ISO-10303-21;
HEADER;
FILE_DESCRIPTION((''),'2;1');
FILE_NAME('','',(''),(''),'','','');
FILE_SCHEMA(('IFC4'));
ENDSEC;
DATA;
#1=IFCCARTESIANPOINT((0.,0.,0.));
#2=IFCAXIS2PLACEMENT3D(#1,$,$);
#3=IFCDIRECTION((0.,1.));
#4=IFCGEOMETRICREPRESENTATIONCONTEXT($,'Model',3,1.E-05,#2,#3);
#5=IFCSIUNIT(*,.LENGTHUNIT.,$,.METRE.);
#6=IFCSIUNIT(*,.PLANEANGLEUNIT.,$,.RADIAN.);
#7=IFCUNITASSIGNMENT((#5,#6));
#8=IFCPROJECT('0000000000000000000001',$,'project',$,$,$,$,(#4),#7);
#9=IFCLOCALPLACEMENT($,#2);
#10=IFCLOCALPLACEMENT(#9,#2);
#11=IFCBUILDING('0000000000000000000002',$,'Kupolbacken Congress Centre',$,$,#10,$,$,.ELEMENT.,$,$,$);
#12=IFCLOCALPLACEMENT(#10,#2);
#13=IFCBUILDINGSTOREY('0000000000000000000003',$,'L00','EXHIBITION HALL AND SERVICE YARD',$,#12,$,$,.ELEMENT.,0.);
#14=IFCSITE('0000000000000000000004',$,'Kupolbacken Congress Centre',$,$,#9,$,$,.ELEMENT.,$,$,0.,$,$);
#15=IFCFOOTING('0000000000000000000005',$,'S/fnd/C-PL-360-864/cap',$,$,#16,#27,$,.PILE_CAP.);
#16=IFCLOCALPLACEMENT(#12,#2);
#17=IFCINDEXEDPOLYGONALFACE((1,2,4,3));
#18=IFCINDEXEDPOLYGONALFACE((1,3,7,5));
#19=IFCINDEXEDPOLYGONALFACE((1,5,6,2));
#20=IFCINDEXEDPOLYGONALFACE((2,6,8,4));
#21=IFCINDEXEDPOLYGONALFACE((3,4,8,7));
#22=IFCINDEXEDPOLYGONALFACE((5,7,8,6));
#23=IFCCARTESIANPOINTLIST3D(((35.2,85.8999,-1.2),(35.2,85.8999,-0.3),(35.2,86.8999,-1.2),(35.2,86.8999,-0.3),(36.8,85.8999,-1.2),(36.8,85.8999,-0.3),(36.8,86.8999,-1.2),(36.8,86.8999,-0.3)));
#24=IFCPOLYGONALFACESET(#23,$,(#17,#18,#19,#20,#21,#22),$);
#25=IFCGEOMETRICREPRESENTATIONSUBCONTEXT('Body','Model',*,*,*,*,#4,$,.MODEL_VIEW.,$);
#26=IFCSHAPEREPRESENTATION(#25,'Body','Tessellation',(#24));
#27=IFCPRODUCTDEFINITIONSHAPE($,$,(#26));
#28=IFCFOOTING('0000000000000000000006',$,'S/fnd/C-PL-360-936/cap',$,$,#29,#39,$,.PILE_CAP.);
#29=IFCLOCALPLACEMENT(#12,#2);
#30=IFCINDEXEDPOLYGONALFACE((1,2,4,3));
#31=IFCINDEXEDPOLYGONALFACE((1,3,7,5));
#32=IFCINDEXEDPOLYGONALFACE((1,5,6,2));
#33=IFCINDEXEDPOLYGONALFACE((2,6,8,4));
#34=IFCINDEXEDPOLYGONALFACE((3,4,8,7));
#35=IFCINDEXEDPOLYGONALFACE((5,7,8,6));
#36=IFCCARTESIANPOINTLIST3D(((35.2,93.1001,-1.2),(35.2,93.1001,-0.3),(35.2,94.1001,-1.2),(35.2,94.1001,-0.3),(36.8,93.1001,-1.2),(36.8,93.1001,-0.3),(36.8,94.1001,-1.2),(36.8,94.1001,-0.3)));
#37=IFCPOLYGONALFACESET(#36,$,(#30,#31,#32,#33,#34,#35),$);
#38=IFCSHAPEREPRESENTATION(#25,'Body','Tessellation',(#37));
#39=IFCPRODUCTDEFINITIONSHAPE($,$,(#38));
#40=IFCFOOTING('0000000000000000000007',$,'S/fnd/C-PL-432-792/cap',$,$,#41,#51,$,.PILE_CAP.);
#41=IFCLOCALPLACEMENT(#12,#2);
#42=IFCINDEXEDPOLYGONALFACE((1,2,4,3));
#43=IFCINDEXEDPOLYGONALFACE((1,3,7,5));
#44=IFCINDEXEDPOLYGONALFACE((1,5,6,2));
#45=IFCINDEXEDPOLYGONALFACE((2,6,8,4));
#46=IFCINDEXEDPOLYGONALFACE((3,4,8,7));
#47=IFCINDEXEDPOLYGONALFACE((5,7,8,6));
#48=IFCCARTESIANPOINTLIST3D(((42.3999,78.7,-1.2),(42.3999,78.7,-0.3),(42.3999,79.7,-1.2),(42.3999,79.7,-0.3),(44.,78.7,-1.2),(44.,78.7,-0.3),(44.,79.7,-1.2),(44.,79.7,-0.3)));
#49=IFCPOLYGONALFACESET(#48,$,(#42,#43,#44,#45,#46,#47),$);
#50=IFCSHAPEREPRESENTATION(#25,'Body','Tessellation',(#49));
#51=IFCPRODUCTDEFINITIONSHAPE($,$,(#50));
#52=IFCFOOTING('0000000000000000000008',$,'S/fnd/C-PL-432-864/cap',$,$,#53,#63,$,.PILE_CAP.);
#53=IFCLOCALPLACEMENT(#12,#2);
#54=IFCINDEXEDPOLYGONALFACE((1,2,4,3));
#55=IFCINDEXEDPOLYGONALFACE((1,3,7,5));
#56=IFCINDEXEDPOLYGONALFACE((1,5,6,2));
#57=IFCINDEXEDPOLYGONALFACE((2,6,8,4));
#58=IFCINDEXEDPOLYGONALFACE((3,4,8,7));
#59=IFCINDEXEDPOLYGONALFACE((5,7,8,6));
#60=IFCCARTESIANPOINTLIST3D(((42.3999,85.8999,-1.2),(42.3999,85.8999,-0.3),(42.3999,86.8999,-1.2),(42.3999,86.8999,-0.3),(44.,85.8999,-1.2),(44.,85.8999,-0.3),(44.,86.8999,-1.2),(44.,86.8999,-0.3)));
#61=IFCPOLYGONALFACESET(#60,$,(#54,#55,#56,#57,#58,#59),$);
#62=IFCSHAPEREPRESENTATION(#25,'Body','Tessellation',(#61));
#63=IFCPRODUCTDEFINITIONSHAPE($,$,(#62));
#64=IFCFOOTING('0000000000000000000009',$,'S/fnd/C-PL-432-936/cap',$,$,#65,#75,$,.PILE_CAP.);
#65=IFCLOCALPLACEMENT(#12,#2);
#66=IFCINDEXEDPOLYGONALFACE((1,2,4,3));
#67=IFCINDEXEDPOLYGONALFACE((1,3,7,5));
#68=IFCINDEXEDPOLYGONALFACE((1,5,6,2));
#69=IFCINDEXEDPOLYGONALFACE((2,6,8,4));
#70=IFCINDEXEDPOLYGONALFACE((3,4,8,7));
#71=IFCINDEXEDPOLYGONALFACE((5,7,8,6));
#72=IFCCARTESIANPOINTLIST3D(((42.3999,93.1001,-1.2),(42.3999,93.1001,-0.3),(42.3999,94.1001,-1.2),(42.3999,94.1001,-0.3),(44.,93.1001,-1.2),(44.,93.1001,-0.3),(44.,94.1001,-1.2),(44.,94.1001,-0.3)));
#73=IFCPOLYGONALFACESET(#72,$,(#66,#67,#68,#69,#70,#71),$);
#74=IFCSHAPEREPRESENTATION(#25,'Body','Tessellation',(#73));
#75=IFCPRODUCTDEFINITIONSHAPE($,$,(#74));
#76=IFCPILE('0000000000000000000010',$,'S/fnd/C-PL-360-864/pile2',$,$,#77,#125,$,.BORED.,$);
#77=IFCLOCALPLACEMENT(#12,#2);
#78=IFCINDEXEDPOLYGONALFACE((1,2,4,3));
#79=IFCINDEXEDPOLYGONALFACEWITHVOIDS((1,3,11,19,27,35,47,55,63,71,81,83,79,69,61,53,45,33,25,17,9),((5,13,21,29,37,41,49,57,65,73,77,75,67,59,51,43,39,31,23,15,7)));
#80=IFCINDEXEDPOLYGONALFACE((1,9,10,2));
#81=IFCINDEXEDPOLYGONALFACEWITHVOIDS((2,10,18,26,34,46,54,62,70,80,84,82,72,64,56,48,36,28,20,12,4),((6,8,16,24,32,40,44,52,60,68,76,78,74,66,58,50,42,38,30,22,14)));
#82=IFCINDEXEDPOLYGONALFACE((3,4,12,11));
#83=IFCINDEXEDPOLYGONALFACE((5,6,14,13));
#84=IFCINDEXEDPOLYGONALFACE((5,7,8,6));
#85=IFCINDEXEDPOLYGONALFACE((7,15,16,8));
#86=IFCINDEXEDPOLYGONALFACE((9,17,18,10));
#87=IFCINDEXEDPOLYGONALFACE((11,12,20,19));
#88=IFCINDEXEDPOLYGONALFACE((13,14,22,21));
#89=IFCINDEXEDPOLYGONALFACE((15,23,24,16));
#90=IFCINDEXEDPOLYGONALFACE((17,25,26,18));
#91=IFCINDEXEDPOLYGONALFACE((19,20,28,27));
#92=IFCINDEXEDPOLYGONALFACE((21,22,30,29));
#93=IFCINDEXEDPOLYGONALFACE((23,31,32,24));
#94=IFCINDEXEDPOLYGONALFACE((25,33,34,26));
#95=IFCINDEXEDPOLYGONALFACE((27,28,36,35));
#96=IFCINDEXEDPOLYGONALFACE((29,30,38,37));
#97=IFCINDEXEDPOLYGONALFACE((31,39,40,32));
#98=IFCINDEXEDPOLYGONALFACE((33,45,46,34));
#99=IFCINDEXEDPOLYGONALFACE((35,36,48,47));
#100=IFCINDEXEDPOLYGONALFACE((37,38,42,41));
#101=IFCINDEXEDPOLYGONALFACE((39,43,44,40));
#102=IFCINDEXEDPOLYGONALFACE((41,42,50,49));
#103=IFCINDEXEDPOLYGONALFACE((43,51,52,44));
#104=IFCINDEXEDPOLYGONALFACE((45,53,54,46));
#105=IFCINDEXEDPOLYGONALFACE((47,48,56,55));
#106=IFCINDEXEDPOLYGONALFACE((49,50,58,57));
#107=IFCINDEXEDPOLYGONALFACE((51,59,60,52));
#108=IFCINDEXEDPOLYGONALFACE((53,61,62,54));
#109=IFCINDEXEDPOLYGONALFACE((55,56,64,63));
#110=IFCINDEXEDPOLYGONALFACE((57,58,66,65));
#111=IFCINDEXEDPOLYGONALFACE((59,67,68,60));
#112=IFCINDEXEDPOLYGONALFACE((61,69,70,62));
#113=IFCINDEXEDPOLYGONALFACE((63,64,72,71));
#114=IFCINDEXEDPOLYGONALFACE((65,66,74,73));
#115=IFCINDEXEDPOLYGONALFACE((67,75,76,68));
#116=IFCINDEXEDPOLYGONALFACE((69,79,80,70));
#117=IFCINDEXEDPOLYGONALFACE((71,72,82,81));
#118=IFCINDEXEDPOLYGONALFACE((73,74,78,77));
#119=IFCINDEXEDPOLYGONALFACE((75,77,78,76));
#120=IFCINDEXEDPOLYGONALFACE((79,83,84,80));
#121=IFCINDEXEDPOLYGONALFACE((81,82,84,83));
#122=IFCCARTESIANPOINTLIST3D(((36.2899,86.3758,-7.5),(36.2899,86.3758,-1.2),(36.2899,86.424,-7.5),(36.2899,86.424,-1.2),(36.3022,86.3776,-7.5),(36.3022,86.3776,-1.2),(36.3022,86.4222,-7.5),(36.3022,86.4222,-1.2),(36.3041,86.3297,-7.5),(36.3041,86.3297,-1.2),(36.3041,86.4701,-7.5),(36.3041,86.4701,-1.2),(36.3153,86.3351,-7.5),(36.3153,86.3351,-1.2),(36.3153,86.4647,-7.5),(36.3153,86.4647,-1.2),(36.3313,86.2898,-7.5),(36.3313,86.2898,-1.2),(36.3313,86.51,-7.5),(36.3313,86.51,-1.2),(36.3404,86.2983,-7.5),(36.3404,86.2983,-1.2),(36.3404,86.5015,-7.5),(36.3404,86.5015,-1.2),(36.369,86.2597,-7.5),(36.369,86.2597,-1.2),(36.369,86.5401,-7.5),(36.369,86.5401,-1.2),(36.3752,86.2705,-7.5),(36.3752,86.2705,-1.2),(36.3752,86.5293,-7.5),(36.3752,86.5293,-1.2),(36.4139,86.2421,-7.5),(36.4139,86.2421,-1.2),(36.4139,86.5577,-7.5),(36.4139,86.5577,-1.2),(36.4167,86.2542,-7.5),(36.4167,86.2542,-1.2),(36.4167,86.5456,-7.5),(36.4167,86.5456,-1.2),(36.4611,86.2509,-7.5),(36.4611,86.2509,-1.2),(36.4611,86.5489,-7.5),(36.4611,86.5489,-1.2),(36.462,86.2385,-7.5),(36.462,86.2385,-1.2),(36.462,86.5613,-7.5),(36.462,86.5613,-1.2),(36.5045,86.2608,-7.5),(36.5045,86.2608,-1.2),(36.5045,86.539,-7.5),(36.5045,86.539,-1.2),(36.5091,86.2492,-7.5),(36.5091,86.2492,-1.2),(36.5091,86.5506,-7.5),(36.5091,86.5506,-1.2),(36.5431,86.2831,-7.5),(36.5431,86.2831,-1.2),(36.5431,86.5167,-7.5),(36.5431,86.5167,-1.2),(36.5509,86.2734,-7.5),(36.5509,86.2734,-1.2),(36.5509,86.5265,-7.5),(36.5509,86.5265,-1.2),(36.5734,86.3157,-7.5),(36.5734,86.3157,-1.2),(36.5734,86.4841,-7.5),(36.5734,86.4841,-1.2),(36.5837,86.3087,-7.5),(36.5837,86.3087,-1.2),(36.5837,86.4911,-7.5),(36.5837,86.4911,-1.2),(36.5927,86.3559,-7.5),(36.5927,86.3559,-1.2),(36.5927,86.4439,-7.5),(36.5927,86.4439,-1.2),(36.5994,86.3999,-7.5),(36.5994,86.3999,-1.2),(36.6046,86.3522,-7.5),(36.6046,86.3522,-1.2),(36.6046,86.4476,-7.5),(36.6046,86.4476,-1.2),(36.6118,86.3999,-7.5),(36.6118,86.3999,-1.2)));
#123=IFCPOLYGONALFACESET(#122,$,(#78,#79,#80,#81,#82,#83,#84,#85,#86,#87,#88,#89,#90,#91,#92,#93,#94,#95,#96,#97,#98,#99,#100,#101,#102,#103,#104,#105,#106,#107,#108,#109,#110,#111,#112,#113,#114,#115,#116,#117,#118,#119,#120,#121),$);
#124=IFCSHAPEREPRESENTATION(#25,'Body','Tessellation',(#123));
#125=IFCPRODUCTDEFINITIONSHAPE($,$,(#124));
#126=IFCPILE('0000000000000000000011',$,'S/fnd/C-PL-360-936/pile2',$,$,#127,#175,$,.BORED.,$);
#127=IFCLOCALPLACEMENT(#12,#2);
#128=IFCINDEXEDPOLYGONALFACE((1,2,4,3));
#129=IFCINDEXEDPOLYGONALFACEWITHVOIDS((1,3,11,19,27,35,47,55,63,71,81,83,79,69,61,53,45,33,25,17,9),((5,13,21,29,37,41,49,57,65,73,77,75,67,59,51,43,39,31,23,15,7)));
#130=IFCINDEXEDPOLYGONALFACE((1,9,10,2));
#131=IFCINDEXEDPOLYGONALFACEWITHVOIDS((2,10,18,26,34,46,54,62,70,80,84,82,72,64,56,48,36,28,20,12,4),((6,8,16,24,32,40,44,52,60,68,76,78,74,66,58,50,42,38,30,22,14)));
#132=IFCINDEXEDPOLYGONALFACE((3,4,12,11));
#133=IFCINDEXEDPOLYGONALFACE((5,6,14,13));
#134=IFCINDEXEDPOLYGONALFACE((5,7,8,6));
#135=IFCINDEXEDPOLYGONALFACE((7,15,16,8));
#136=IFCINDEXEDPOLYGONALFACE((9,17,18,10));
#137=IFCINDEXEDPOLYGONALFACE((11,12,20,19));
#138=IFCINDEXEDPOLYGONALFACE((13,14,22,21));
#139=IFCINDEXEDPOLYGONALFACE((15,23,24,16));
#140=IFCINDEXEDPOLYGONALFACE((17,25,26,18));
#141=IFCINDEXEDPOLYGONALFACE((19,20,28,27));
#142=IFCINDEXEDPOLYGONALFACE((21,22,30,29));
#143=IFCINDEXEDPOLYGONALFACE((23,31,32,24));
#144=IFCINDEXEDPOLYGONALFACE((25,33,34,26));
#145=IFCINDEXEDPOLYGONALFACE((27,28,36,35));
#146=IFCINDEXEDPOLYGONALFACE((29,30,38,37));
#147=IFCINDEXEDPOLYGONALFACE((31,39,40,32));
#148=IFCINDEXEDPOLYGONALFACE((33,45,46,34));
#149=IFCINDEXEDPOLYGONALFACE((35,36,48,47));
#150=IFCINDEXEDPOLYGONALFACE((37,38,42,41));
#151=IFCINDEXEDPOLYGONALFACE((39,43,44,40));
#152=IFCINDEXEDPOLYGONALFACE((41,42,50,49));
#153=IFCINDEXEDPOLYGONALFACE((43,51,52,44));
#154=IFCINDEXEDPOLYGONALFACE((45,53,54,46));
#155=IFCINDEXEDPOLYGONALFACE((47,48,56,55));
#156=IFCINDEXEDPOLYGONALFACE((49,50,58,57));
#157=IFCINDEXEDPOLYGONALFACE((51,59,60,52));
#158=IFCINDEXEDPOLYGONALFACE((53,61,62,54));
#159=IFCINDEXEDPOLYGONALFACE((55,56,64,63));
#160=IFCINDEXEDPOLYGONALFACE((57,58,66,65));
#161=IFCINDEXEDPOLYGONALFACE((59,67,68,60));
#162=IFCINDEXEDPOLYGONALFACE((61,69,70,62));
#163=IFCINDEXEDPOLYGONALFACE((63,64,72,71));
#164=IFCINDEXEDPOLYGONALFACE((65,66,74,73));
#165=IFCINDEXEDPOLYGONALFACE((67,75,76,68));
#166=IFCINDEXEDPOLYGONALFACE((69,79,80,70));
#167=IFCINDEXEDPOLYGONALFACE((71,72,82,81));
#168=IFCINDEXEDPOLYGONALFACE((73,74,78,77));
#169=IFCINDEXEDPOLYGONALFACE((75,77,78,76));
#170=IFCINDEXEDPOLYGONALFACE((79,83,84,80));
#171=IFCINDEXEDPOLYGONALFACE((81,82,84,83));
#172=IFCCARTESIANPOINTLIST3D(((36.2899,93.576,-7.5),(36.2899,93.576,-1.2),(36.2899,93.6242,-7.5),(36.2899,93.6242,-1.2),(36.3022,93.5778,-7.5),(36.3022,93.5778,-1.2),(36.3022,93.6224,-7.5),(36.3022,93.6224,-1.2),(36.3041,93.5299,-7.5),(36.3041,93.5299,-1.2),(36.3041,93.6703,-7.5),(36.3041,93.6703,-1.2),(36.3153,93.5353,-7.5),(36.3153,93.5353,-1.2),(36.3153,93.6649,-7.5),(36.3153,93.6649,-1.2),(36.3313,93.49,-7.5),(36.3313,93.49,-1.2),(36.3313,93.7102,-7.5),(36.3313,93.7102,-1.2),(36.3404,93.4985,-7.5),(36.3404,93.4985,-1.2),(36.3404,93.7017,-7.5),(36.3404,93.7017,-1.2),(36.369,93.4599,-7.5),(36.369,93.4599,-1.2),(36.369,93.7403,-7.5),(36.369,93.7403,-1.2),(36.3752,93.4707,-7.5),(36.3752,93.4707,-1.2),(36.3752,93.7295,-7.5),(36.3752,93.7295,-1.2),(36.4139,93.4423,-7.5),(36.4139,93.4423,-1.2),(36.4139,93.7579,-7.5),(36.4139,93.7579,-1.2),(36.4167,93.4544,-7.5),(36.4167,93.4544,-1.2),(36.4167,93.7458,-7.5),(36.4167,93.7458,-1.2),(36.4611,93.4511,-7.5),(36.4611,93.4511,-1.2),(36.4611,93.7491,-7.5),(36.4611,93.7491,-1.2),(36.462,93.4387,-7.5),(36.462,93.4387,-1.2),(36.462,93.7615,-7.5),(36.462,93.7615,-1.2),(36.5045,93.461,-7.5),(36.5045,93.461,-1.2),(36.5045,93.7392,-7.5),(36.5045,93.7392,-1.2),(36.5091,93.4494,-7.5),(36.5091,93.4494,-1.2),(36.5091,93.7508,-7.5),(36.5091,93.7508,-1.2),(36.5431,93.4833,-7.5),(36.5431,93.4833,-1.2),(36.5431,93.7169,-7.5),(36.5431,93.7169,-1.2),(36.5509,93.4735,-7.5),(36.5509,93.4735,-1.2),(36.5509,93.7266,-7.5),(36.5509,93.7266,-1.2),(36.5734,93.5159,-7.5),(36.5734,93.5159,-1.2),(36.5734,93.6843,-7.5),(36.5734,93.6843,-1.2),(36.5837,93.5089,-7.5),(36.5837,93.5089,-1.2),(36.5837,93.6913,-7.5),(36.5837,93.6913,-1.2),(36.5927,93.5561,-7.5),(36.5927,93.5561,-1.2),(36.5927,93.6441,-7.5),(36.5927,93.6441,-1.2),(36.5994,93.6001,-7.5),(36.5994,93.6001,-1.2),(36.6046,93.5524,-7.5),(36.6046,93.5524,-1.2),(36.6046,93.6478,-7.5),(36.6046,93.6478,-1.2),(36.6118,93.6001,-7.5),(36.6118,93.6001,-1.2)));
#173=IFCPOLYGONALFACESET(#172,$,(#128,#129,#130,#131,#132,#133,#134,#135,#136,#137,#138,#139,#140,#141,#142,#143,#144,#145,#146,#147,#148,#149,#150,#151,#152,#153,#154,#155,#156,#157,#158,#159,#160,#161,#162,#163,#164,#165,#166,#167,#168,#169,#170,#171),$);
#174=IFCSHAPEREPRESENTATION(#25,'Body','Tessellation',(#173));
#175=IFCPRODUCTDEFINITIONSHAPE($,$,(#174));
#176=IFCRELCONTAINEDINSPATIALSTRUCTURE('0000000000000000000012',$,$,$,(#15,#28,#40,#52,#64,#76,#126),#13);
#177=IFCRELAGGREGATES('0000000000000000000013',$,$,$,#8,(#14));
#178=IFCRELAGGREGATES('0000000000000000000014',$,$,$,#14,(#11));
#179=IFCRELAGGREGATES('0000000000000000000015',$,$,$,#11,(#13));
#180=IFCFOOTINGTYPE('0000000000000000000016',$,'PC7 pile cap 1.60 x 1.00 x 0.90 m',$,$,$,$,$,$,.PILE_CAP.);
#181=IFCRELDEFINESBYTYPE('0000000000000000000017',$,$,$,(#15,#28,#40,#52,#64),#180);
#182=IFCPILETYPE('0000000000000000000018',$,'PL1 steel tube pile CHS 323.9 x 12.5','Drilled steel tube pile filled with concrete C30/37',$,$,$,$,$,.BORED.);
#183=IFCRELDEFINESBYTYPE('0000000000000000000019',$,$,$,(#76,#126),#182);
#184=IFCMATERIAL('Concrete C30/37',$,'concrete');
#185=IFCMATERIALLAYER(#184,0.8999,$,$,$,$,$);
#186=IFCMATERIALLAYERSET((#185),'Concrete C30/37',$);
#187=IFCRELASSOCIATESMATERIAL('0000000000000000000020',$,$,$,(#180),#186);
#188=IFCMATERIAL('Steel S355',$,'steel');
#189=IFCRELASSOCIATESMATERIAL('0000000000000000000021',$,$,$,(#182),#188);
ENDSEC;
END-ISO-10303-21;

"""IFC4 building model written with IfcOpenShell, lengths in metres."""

from ifc_helpers import new_model, si_unit, direction, frame, origin, origin_2d, place, context, subcontext, project, spatial, rectangle, hollow_circle, extrude, material, layer, layer_set, material_profile, profile_set, type_object, element, save


model = new_model("IFC4")

# Units and contexts
model_context = context("Model", 3, precision=1e-05, world=origin(), true_north=direction((0.0, 1.0)))
body_context = subcontext(model_context, "Body", "Model", "MODEL_VIEW")
ifc_project = project(units=[si_unit("LENGTHUNIT", "METRE"), si_unit("PLANEANGLEUNIT", "RADIAN")], contexts=[model_context])

# Site, building, storey
site_placement = place(None, origin())
site = spatial("IfcSite", under=ifc_project, at=site_placement, Name="Kupolbacken Congress Centre", CompositionType="ELEMENT", RefElevation=0.0)
building_placement = place(site_placement, origin())
building = spatial("IfcBuilding", under=site, at=building_placement, Name="Kupolbacken Congress Centre", CompositionType="ELEMENT")
storey_placement = place(building_placement, origin())
storey = spatial("IfcBuildingStorey", under=building, at=storey_placement, Name="L00", Description="EXHIBITION HALL AND SERVICE YARD", CompositionType="ELEMENT", Elevation=0.0)

# Footings
ifc_material_1 = material(Name="Concrete C30/37", Category="concrete")
ifc_layer = layer(ifc_material_1, 0.8999)
ifc_layer_set = layer_set([ifc_layer], Name="Concrete C30/37")
footing_type = type_object("IfcFootingType", Name="PC7 pile cap 1.60 x 1.00 x 0.90 m", PredefinedType="PILE_CAP", material=ifc_layer_set)
for number, where, z_axis, x_axis, name in (
    (1, (36.0, 86.3999, -1.2), (0.0, 0.0, 1.0), (1.0, 0.0, 0.0), "S/fnd/C-PL-360-864/cap"),
    (2, (36.0, 93.6001, -1.2), (0.0, 0.0, 1.0), (1.0, 0.0, 0.0), "S/fnd/C-PL-360-936/cap"),
    (3, (43.2, 79.2, -1.2), (0.0, 0.0, 1.0), (1.0, 0.0, 0.0), "S/fnd/C-PL-432-792/cap"),
    (4, (43.2, 86.3999, -1.2), (0.0, 0.0, 1.0), (1.0, 0.0, 0.0), "S/fnd/C-PL-432-864/cap"),
    (5, (43.2, 93.6001, -1.2), (0.0, 0.0, 1.0), (1.0, 0.0, 0.0), "S/fnd/C-PL-432-936/cap"),
):
    element("IfcFooting", number, at=place(storey_placement, frame(where, z_axis=z_axis, x_axis=x_axis)), inside=storey, type_object=footing_type, Name=name, PredefinedType="PILE_CAP", context=body_context, shape_type="SweptSolid", body=[
        extrude(rectangle(XDim=1.6001, YDim=1.0, at=origin_2d()), origin(), (0.0, 0.0, 1.0), 0.8999),
    ])

# Piles
ifc_material_2 = material(Name="Steel S355", Category="steel")
ifc_material_profile_1 = material_profile(ifc_material_2, hollow_circle(Radius=0.1619, WallThickness=0.0125, at=origin_2d()), Name="CHS 323.9 x 12.5")
ifc_profile_set_1 = profile_set([ifc_material_profile_1], Name="Steel S355")
pile_type = type_object("IfcPileType", Name="PL1 steel tube pile CHS 323.9 x 12.5", Description="Drilled steel tube pile filled with concrete C30/37", PredefinedType="BORED", material=ifc_profile_set_1)
for number, where, z_axis, x_axis, name in (
    (6, (36.45, 86.3999, -1.2), (0.0, 0.0, -1.0), (1.0, 0.0, 0.0), "S/fnd/C-PL-360-864/pile2"),
    (7, (36.45, 93.6001, -1.2), (0.0, 0.0, -1.0), (1.0, 0.0, 0.0), "S/fnd/C-PL-360-936/pile2"),
):
    element("IfcPile", number, at=place(storey_placement, frame(where, z_axis=z_axis, x_axis=x_axis)), inside=storey, type_object=pile_type, Name=name, PredefinedType="BORED", context=body_context, shape_type="SweptSolid", body=[
        extrude(hollow_circle(Radius=0.1619, WallThickness=0.0125, at=origin_2d()), origin(), (0.0, 0.0, 1.0), 6.3),
    ])

save(model, "model.ifc")
